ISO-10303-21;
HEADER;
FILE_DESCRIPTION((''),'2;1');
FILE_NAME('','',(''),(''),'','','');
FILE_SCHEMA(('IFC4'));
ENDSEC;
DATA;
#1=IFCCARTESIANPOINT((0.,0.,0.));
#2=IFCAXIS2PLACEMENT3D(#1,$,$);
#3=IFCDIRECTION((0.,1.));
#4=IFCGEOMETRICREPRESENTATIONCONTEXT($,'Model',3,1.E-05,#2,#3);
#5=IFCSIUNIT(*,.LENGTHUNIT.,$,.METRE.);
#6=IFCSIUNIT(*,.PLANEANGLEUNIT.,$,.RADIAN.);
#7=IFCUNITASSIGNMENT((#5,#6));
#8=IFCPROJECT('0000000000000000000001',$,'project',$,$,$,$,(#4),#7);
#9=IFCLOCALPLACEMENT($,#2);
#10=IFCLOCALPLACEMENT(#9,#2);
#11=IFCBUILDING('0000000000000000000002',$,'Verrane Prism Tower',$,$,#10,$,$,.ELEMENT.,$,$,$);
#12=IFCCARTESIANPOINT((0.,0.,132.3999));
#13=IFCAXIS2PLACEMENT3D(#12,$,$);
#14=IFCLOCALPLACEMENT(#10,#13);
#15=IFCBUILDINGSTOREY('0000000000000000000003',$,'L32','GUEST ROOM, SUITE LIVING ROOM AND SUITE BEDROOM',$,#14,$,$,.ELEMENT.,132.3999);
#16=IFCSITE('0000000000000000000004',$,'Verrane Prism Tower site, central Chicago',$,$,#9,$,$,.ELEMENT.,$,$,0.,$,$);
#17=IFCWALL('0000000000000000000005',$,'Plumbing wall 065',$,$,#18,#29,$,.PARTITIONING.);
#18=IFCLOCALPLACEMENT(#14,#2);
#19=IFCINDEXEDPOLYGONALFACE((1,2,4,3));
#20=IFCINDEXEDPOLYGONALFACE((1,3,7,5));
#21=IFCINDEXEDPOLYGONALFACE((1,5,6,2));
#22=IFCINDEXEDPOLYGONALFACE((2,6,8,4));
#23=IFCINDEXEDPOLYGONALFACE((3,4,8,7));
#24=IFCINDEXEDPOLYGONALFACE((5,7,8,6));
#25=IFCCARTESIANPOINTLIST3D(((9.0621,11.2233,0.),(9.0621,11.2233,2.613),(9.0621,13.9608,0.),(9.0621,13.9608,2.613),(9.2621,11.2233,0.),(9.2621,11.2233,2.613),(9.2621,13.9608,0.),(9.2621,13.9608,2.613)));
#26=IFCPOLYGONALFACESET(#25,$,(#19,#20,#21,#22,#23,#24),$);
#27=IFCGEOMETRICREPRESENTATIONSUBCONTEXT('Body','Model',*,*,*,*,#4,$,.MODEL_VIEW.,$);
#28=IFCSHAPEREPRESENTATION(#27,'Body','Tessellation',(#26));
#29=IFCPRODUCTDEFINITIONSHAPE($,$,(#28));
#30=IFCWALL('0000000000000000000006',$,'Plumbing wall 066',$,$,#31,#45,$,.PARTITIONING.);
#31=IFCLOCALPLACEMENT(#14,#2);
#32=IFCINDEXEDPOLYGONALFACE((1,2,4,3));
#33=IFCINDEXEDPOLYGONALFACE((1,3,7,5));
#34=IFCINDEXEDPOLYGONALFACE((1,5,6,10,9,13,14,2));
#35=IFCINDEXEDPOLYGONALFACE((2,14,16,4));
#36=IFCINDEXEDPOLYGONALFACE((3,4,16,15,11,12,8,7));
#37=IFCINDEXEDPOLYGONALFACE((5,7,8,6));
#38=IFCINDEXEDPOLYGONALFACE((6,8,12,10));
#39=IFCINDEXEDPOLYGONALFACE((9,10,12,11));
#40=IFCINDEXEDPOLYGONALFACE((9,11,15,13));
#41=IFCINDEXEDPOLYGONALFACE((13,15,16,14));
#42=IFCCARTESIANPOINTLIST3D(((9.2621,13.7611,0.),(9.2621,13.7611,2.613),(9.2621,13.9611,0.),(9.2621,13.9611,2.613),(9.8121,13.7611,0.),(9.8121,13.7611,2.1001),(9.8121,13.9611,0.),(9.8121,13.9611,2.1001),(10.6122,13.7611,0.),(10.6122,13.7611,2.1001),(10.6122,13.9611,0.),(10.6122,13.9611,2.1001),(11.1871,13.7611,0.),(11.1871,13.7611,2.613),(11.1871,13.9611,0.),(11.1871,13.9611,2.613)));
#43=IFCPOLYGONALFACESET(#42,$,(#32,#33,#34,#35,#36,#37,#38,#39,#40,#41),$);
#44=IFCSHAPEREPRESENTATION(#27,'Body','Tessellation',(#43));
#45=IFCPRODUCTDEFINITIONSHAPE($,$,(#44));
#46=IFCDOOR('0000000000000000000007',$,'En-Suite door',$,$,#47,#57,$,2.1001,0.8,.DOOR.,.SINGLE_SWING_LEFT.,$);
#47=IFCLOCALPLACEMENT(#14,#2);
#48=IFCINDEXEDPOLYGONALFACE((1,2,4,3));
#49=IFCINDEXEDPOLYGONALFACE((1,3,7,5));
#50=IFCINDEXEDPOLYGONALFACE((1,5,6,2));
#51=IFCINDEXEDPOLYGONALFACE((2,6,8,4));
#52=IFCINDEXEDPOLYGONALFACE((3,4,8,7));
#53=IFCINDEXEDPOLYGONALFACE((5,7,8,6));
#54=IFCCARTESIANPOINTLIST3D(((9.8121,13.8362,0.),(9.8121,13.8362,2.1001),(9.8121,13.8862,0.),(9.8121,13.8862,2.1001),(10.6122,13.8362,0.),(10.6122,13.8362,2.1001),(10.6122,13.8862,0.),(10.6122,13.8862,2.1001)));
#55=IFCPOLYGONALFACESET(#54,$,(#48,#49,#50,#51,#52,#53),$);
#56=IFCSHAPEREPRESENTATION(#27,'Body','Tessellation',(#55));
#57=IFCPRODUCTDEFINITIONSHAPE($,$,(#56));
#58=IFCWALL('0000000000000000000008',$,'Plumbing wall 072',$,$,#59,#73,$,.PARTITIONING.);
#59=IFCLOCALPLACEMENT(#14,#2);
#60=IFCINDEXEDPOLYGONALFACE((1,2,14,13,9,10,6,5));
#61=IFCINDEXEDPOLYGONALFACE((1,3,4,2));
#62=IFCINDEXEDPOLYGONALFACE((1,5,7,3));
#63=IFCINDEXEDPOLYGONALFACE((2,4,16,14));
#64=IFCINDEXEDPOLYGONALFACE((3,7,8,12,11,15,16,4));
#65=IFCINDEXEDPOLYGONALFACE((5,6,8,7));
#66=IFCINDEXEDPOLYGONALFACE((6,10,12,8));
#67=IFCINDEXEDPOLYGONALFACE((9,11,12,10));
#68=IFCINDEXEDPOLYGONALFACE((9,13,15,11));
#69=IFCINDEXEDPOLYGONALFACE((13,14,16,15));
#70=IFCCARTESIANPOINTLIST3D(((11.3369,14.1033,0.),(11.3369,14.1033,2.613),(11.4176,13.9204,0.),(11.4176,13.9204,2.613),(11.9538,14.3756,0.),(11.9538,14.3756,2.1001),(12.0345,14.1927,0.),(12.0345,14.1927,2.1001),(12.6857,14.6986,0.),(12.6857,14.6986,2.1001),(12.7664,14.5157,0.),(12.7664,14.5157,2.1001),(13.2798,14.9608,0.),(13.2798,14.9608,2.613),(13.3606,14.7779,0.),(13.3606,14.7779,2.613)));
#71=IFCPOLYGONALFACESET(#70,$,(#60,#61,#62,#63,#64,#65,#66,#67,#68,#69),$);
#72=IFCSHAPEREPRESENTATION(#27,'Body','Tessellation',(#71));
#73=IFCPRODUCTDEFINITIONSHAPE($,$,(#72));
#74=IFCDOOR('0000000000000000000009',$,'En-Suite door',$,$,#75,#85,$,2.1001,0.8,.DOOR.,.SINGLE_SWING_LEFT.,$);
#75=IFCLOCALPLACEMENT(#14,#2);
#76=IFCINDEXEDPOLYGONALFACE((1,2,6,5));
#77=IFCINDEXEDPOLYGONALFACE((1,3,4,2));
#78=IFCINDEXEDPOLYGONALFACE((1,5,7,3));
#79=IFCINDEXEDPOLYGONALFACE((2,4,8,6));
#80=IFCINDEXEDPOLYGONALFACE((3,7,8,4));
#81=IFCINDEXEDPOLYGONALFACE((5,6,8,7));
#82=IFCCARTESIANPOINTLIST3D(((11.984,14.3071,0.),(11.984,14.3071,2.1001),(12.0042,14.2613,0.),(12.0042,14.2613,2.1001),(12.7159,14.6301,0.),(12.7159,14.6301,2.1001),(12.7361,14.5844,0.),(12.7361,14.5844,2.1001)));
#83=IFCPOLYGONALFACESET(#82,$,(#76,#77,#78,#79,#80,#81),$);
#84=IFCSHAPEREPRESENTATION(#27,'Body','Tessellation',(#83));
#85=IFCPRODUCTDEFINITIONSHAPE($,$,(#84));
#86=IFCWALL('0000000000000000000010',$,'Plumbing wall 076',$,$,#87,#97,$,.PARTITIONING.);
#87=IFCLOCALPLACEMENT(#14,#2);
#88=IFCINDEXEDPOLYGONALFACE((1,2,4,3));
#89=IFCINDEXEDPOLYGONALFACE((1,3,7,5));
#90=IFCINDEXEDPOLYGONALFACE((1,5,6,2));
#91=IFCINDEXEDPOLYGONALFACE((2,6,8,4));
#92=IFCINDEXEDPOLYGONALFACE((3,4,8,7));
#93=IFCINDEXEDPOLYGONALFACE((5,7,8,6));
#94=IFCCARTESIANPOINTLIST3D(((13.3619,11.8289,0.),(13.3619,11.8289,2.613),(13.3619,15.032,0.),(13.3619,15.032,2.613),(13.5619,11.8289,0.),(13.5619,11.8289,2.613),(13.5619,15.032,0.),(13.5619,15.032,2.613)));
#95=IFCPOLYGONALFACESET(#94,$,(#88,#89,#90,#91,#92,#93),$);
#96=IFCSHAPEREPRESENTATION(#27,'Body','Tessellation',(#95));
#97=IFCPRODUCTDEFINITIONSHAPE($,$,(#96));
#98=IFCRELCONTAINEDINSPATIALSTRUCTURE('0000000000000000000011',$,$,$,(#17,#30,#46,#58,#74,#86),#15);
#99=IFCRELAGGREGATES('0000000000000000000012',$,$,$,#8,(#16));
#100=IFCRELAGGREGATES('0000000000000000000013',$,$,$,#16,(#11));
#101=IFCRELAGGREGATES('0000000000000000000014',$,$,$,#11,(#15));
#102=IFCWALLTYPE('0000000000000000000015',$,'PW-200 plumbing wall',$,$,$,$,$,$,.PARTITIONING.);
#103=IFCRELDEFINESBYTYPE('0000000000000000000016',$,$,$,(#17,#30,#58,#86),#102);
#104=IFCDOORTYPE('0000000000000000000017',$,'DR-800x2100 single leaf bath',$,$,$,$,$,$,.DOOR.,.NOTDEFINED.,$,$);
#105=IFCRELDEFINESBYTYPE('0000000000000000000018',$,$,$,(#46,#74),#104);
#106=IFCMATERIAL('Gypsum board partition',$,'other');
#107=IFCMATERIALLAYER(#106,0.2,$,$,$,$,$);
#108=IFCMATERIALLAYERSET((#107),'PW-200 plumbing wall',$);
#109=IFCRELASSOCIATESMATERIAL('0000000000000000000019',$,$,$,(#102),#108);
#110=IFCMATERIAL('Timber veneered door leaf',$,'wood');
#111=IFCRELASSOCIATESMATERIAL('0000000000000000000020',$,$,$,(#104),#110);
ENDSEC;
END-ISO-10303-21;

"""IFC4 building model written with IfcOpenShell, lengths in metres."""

from ifc_helpers import new_model, si_unit, direction, frame, frame_2d, origin, place, context, subcontext, project, spatial, rectangle, extrude, material, layer, layer_set, type_object, element, fill, save


model = new_model("IFC4")

# Units and contexts
model_context = context("Model", 3, precision=1e-05, world=origin(), true_north=direction((0.0, 1.0)))
body_context = subcontext(model_context, "Body", "Model", "MODEL_VIEW")
ifc_project = project(units=[si_unit("LENGTHUNIT", "METRE"), si_unit("PLANEANGLEUNIT", "RADIAN")], contexts=[model_context])

# Site, building, storey
site_placement = place(None, origin())
site = spatial("IfcSite", under=ifc_project, at=site_placement, Name="Verrane Prism Tower site, central Chicago", CompositionType="ELEMENT", RefElevation=0.0)
building_placement = place(site_placement, origin())
building = spatial("IfcBuilding", under=site, at=building_placement, Name="Verrane Prism Tower", CompositionType="ELEMENT")
storey_placement = place(building_placement, frame((0.0, 0.0, 132.3999)))
storey = spatial("IfcBuildingStorey", under=building, at=storey_placement, Name="L32", Description="GUEST ROOM, SUITE LIVING ROOM AND SUITE BEDROOM", CompositionType="ELEMENT", Elevation=132.3999)

# Wall
ifc_material_1 = material(Name="Gypsum board partition", Category="other")
ifc_layer_1 = layer(ifc_material_1, 0.2)
ifc_layer_set_1 = layer_set([ifc_layer_1], Name="PW-200 plumbing wall")
wall_type_1 = type_object("IfcWallType", Name="PW-200 plumbing wall", PredefinedType="PARTITIONING", material=ifc_layer_set_1)
wall_1_placement = place(storey_placement, frame((9.1621, 11.2234, 0.0), z_axis=(0.0, 0.0, 1.0), x_axis=(0.0, 1.0, 0.0)))
element("IfcWall", 1, at=wall_1_placement, inside=storey, type_object=wall_type_1, Name="Plumbing wall 065", PredefinedType="PARTITIONING", context=body_context, shape_type="SweptSolid", body=[
    extrude(rectangle(XDim=2.7375, YDim=0.2, at=frame_2d((1.3687, 0.0))), origin(), (0.0, 0.0, 1.0), 2.613),
])

# Walls, openings, doors
wall_2_placement = place(storey_placement, frame((11.187, 13.8611, 0.0), z_axis=(0.0, 0.0, 1.0), x_axis=(-1.0, 0.0, 0.0)))
wall_2 = element("IfcWall", 2, at=wall_2_placement, inside=storey, type_object=wall_type_1, Name="Plumbing wall 066", PredefinedType="PARTITIONING", context=body_context, shape_type="SweptSolid", body=[
    extrude(rectangle(XDim=1.925, YDim=0.2, at=frame_2d((0.9624, 0.0))), origin(), (0.0, 0.0, 1.0), 2.613),
])
opening_1_placement = place(wall_2_placement, frame((0.575, 0.0, 0.0)))
opening_1 = element("IfcOpeningElement", 3, at=opening_1_placement, cuts=wall_2, PredefinedType="OPENING", context=body_context, shape_type="SweptSolid", body=[
    extrude(rectangle(XDim=0.8, YDim=2.1001, at=frame_2d((0.3999, 1.05))), frame((0.0, 0.1099, 0.0), z_axis=(0.0, -1.0, 0.0), x_axis=(1.0, 0.0, 0.0)), (0.0, 0.0, 1.0), 0.22),
])
ifc_material_2 = material(Name="Timber veneered door leaf", Category="wood")
door_type_1 = type_object("IfcDoorType", Name="DR-800x2100 single leaf bath", OperationType="NOTDEFINED", PredefinedType="DOOR", material=ifc_material_2)
door_1_placement = place(opening_1_placement, origin())
door_1 = element("IfcDoor", 4, at=door_1_placement, inside=storey, type_object=door_type_1, Name="En-Suite door", OperationType="SINGLE_SWING_LEFT", OverallHeight=2.1001, OverallWidth=0.8, PredefinedType="DOOR", context=body_context, shape_type="SweptSolid", body=[
    extrude(rectangle(XDim=0.8, YDim=2.1001, at=frame_2d((0.3999, 1.05))), frame((0.0, 0.0249, 0.0), z_axis=(0.0, -1.0, 0.0), x_axis=(1.0, 0.0, 0.0)), (0.0, 0.0, 1.0), 0.05),
])
fill(opening_1, door_1)
wall_3_placement = place(storey_placement, frame((13.3203, 14.8694, 0.0), z_axis=(0.0, 0.0, 1.0), x_axis=(-0.91487, -0.403748, 0.0)))
wall_3 = element("IfcWall", 5, at=wall_3_placement, inside=storey, type_object=wall_type_1, Name="Plumbing wall 072", PredefinedType="PARTITIONING", context=body_context, shape_type="SweptSolid", body=[
    extrude(rectangle(XDim=2.1238, YDim=0.2, at=frame_2d((1.062, 0.0))), origin(), (0.0, 0.0, 1.0), 2.613),
])
opening_2_placement = place(wall_3_placement, frame((0.6497, 0.0, 0.0)))
opening_2 = element("IfcOpeningElement", 6, at=opening_2_placement, cuts=wall_3, PredefinedType="OPENING", context=body_context, shape_type="SweptSolid", body=[
    extrude(rectangle(XDim=0.8, YDim=2.1001, at=frame_2d((0.3999, 1.05))), frame((0.0, 0.1099, 0.0), z_axis=(0.0, -1.0, 0.0), x_axis=(1.0, 0.0, 0.0)), (0.0, 0.0, 1.0), 0.22),
])
door_2_placement = place(opening_2_placement, origin())
door_2 = element("IfcDoor", 7, at=door_2_placement, inside=storey, type_object=door_type_1, Name="En-Suite door", OperationType="SINGLE_SWING_LEFT", OverallHeight=2.1001, OverallWidth=0.8, PredefinedType="DOOR", context=body_context, shape_type="SweptSolid", body=[
    extrude(rectangle(XDim=0.8, YDim=2.1001, at=frame_2d((0.3999, 1.05))), frame((0.0, 0.0249, 0.0), z_axis=(0.0, -1.0, 0.0), x_axis=(1.0, 0.0, 0.0)), (0.0, 0.0, 1.0), 0.05),
])
fill(opening_2, door_2)

# Wall
wall_4_placement = place(storey_placement, frame((13.4619, 11.8289, 0.0), z_axis=(0.0, 0.0, 1.0), x_axis=(0.0, 1.0, 0.0)))
element("IfcWall", 8, at=wall_4_placement, inside=storey, type_object=wall_type_1, Name="Plumbing wall 076", PredefinedType="PARTITIONING", context=body_context, shape_type="SweptSolid", body=[
    extrude(rectangle(XDim=3.2031, YDim=0.2, at=frame_2d((1.6016, 0.0))), origin(), (0.0, 0.0, 1.0), 2.613),
])

save(model, "model.ifc")
